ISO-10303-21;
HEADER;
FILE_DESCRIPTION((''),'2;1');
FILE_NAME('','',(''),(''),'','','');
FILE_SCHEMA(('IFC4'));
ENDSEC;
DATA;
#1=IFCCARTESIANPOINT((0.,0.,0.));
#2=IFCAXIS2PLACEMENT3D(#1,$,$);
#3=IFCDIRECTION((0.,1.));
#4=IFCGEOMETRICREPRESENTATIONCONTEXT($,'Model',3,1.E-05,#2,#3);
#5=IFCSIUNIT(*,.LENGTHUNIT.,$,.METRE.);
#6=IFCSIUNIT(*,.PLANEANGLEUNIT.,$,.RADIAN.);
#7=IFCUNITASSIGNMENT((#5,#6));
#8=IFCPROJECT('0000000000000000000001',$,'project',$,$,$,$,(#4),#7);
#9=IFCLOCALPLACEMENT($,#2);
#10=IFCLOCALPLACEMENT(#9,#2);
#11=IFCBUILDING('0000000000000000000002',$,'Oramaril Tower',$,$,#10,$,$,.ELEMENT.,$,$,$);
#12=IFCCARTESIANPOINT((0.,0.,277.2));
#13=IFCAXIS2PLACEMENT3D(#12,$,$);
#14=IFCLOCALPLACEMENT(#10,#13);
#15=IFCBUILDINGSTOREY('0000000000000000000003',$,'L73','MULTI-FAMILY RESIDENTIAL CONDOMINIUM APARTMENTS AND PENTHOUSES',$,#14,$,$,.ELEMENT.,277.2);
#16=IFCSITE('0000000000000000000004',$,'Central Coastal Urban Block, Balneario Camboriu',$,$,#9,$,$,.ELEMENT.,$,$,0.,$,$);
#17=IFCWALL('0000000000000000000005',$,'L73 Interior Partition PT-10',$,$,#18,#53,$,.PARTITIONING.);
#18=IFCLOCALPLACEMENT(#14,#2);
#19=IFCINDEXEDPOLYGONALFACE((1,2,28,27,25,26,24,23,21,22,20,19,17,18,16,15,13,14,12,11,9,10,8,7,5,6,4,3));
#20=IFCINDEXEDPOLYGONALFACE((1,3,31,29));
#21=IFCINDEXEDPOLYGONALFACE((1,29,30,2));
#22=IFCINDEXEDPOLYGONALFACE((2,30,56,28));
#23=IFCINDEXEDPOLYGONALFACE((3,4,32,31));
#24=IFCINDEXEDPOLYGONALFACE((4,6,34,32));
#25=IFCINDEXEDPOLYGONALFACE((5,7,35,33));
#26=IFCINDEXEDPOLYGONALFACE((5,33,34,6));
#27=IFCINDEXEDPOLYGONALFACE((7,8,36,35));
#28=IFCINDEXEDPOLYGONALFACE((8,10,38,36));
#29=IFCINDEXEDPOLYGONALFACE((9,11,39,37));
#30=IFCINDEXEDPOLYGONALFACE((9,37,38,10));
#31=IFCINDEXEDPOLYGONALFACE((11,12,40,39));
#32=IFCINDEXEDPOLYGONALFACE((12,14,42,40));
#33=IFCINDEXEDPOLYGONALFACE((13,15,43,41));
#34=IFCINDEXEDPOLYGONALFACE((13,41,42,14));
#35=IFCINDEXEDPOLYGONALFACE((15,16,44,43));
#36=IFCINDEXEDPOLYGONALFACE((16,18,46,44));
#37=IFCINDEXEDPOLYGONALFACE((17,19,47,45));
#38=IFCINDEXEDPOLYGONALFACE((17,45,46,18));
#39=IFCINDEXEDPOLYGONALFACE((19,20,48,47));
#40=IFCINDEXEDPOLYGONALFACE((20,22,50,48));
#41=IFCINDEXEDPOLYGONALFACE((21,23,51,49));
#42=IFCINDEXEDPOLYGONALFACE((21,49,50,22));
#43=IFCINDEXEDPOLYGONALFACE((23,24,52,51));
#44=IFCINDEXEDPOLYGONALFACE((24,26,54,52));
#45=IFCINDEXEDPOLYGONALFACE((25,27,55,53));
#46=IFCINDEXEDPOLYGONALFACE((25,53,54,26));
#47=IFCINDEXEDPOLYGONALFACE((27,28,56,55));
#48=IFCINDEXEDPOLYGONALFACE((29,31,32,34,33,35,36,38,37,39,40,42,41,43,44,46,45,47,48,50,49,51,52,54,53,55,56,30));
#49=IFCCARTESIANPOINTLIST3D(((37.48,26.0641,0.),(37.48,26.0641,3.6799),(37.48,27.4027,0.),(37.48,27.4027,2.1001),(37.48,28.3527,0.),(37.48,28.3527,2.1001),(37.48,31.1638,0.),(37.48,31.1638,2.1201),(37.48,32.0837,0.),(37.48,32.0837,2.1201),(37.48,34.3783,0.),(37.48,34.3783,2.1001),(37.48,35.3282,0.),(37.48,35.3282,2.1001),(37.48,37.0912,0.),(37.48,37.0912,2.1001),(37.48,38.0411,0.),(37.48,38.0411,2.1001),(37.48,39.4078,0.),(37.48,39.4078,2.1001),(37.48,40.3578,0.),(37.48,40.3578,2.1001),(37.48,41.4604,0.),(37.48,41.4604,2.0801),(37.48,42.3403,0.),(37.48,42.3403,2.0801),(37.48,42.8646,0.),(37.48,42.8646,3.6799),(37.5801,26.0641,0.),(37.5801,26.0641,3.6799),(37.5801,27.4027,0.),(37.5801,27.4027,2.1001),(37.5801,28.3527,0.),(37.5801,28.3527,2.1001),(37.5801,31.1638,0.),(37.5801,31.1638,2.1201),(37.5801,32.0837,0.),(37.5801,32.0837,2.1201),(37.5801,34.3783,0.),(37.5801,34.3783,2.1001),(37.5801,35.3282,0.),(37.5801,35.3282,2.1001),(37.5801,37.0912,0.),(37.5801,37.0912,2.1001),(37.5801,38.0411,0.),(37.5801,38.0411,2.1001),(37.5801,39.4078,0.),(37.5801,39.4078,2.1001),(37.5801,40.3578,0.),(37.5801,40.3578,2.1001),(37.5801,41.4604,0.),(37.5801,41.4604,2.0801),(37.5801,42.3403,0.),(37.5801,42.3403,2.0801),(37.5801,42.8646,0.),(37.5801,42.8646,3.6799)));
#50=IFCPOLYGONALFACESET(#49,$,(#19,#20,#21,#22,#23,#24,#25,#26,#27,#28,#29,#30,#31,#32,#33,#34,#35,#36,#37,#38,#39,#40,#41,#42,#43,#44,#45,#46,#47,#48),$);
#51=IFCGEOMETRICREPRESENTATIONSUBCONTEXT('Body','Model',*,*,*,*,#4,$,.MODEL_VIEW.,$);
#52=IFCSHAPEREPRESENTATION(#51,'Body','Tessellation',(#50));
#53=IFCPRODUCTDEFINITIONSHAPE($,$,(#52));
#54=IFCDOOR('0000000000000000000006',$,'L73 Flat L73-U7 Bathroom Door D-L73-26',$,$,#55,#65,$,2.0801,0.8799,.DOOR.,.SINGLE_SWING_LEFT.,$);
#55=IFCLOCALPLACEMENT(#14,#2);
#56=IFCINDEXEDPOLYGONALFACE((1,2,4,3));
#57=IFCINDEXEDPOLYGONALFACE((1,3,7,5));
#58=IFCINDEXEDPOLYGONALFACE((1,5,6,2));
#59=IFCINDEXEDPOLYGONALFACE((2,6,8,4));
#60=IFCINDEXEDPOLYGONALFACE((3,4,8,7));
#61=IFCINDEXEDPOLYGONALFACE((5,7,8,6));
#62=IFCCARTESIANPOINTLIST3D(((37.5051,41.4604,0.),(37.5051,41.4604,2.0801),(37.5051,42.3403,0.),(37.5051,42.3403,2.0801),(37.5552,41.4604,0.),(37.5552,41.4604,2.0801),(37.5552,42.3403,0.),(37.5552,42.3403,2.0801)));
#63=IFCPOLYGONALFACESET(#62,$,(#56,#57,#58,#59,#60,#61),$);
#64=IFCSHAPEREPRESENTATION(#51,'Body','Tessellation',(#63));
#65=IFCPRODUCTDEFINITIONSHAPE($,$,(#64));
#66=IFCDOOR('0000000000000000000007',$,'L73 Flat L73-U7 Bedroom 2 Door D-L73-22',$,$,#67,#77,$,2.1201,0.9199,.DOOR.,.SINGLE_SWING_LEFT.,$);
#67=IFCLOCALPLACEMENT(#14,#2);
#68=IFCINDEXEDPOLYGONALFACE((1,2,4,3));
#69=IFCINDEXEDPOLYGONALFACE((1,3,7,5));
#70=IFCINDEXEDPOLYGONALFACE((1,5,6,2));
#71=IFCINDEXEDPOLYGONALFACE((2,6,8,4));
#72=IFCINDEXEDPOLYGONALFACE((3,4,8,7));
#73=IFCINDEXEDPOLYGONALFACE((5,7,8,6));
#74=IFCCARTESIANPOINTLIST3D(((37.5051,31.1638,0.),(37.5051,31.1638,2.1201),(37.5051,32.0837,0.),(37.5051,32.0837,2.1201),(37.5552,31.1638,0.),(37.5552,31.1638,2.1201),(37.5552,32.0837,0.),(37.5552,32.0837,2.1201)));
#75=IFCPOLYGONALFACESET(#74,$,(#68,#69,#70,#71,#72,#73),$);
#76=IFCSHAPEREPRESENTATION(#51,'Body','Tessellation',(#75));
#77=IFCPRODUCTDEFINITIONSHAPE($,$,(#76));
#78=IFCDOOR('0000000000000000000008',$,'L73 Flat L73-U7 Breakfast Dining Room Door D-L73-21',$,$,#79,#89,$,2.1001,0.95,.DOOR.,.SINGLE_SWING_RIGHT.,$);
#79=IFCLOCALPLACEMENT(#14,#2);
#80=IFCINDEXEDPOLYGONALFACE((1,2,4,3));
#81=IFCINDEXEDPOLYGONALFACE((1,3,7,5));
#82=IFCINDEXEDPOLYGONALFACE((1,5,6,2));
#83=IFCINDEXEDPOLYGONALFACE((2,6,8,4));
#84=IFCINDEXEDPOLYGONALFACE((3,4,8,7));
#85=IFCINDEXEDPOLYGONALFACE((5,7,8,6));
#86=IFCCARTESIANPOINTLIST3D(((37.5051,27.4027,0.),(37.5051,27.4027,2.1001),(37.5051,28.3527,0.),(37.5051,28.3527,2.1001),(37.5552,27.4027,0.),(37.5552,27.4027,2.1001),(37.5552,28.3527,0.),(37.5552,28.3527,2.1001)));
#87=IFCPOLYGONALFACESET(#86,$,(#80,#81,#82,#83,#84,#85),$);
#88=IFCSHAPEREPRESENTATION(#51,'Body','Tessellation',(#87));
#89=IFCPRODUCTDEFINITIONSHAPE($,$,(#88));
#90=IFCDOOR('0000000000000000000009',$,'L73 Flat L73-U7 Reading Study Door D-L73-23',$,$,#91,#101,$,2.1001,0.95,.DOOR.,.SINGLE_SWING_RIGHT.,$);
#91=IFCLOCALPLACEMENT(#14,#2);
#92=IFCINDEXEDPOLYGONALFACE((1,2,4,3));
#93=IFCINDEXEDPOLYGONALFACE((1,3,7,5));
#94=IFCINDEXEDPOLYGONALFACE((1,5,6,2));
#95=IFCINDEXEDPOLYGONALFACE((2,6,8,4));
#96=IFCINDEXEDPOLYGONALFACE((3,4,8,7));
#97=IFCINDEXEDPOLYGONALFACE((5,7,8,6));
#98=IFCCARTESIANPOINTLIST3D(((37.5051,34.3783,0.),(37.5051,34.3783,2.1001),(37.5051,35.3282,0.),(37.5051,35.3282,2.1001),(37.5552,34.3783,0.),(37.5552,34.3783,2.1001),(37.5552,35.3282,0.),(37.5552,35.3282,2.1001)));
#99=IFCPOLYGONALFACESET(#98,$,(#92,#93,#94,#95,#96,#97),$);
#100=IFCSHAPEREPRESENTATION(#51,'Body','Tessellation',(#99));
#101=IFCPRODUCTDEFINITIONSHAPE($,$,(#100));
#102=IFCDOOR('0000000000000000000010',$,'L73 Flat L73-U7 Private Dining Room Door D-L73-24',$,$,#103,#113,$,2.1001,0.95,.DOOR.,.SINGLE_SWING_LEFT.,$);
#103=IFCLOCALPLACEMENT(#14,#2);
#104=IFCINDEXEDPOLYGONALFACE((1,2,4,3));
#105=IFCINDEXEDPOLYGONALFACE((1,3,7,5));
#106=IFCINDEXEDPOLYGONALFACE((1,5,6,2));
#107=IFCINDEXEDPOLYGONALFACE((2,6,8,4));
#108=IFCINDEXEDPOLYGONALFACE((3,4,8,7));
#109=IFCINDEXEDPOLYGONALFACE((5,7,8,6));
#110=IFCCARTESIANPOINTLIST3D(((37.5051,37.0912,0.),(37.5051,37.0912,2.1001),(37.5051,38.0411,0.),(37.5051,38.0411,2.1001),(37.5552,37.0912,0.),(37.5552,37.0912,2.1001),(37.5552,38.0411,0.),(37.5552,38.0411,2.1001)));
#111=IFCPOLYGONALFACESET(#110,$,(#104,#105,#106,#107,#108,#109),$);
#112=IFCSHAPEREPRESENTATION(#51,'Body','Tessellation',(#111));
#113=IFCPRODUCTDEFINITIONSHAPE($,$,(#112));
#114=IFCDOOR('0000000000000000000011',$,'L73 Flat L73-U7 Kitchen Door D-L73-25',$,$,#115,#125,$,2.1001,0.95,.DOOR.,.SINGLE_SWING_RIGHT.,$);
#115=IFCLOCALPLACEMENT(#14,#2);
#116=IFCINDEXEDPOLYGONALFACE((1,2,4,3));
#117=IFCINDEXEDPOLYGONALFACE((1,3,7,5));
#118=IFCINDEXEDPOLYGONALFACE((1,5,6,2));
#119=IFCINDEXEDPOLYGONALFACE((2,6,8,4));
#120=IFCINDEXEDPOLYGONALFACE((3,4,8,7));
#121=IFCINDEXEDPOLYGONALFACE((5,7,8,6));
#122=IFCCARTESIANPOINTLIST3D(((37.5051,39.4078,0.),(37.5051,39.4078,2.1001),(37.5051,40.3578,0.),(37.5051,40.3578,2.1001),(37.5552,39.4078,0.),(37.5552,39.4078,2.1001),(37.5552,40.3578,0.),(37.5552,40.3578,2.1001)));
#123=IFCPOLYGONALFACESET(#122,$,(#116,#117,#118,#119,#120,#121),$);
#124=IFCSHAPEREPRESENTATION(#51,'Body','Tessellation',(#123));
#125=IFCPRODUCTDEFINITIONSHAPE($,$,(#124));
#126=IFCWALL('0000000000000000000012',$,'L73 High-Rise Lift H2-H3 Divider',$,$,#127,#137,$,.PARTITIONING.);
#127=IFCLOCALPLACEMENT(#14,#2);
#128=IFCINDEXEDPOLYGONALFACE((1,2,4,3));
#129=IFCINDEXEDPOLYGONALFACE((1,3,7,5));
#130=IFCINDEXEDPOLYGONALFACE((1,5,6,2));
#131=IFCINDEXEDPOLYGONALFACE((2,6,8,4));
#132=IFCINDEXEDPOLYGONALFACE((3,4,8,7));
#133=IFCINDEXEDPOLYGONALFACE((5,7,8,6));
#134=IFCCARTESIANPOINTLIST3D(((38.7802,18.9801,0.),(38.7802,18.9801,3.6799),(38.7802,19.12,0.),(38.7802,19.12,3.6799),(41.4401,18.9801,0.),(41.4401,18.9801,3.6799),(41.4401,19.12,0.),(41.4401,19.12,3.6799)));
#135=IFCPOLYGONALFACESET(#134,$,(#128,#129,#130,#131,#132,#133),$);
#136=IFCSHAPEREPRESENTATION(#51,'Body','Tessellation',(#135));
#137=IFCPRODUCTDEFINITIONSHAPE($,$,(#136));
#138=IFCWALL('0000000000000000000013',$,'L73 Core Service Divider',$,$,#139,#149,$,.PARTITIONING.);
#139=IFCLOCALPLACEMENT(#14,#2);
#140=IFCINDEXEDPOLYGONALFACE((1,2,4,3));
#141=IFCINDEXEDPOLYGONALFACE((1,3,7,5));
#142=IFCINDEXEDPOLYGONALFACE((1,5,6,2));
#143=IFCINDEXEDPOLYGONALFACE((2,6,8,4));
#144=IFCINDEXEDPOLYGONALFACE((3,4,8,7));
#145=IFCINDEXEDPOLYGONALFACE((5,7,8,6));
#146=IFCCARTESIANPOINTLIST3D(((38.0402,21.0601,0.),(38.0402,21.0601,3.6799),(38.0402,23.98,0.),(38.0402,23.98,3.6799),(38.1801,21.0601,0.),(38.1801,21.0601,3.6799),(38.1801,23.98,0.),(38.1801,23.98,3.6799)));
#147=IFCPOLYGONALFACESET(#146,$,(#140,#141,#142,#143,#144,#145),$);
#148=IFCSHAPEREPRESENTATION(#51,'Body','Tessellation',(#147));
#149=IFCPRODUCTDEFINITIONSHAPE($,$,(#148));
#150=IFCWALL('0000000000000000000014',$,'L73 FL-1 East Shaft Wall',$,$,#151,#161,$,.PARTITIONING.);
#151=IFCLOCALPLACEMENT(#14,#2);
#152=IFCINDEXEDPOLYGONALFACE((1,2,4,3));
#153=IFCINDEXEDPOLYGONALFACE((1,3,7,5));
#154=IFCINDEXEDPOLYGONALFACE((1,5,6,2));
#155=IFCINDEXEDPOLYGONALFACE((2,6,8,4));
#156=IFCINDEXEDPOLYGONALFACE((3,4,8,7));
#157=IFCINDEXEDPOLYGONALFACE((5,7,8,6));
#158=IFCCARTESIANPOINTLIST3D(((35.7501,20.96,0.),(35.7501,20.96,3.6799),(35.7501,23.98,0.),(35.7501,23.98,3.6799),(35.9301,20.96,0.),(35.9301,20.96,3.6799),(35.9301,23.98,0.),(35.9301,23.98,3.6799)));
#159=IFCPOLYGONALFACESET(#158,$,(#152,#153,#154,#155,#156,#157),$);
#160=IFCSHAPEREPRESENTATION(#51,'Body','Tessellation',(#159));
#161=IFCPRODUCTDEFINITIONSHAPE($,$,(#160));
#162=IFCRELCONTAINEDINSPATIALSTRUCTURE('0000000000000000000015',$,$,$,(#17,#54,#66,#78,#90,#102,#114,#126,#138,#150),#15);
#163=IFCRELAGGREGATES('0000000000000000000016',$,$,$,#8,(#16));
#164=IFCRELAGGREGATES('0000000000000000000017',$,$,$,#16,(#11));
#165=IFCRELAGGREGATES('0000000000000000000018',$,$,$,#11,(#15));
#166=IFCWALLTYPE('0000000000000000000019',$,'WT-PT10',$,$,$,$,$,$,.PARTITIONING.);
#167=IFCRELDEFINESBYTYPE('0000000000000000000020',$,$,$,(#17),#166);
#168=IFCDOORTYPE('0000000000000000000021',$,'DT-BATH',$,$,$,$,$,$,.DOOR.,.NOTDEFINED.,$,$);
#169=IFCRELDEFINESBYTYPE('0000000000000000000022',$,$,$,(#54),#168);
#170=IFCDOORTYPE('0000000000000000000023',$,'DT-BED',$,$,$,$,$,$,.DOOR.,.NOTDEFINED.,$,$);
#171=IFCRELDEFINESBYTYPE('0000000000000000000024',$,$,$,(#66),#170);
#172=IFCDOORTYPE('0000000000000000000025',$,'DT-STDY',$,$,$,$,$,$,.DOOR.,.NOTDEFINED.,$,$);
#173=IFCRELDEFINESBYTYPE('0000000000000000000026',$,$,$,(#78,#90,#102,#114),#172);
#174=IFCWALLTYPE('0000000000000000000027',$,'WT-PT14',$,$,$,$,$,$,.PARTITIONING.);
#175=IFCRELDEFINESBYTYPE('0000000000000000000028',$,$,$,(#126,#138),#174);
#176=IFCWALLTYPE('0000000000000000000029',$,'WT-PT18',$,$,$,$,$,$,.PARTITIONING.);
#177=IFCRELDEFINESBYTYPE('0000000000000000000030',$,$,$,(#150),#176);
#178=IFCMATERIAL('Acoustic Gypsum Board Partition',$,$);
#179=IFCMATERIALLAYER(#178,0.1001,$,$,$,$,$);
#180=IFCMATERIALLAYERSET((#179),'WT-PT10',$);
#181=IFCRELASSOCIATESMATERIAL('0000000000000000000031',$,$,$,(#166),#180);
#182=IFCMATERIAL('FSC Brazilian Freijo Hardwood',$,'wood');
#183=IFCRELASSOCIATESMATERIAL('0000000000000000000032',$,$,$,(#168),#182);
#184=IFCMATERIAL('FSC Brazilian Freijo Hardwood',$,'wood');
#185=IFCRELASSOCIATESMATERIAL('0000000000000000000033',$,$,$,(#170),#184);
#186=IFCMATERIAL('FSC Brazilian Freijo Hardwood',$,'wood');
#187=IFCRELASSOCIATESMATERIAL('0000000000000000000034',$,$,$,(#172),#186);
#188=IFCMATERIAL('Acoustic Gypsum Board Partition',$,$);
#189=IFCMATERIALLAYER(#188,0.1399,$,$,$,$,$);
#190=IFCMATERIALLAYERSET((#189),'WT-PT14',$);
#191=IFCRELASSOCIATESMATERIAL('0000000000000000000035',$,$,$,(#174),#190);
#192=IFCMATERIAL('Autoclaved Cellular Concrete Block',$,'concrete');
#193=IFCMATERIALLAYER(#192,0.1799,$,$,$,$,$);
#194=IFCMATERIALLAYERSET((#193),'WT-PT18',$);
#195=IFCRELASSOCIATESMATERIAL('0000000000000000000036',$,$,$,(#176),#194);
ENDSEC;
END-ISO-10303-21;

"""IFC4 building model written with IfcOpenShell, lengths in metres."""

from ifc_helpers import new_model, si_unit, direction, frame, frame_2d, origin, place, context, subcontext, project, spatial, rectangle, extrude, material, layer, layer_set, type_object, element, fill, save


model = new_model("IFC4")

# Units and contexts
model_context = context("Model", 3, precision=1e-05, world=origin(), true_north=direction((0.0, 1.0)))
body_context = subcontext(model_context, "Body", "Model", "MODEL_VIEW")
ifc_project = project(units=[si_unit("LENGTHUNIT", "METRE"), si_unit("PLANEANGLEUNIT", "RADIAN")], contexts=[model_context])

# Site, building, storey
site_placement = place(None, origin())
site = spatial("IfcSite", under=ifc_project, at=site_placement, Name="Central Coastal Urban Block, Balneario Camboriu", CompositionType="ELEMENT", RefElevation=0.0)
building_placement = place(site_placement, origin())
building = spatial("IfcBuilding", under=site, at=building_placement, Name="Oramaril Tower", CompositionType="ELEMENT")
storey_placement = place(building_placement, frame((0.0, 0.0, 277.2)))
storey = spatial("IfcBuildingStorey", under=building, at=storey_placement, Name="L73", Description="MULTI-FAMILY RESIDENTIAL CONDOMINIUM APARTMENTS AND PENTHOUSES", CompositionType="ELEMENT", Elevation=277.2)

# Shared definitions
ifc_material_1 = material(Name="Acoustic Gypsum Board Partition")
ifc_layer_1 = layer(ifc_material_1, 0.1001)
ifc_layer_set_1 = layer_set([ifc_layer_1], Name="WT-PT10")
wall_type_1 = type_object("IfcWallType", Name="WT-PT10", PredefinedType="PARTITIONING", material=ifc_layer_set_1)
ifc_material_2 = material(Name="FSC Brazilian Freijo Hardwood", Category="wood")
door_type_1 = type_object("IfcDoorType", Name="DT-BATH", OperationType="NOTDEFINED", PredefinedType="DOOR", material=ifc_material_2)

# Wall, openings, doors
wall_1_placement = place(storey_placement, frame((37.53, 26.064, 0.0), z_axis=(0.0, 0.0, 1.0), x_axis=(0.0, 1.0, 0.0)))
wall_1 = element("IfcWall", 1, at=wall_1_placement, inside=storey, type_object=wall_type_1, Name="L73 Interior Partition PT-10", PredefinedType="PARTITIONING", context=body_context, shape_type="SweptSolid", body=[
    extrude(rectangle(XDim=16.8005, YDim=0.1001, at=frame_2d((8.4004, 0.0))), origin(), (0.0, 0.0, 1.0), 3.6799),
])
opening_1_placement = place(wall_1_placement, frame((1.3386, 0.0, 0.0)))
opening_1 = element("IfcOpeningElement", 2, at=opening_1_placement, cuts=wall_1, PredefinedType="OPENING", context=body_context, shape_type="SweptSolid", body=[
    extrude(rectangle(XDim=0.95, YDim=2.1001, at=frame_2d((0.4751, 1.05))), frame((0.0, 0.05, 0.0), z_axis=(0.0, -1.0, 0.0), x_axis=(1.0, 0.0, 0.0)), (0.0, 0.0, 1.0), 0.1001),
])
opening_2_placement = place(wall_1_placement, frame((5.0999, 0.0, 0.0)))
opening_2 = element("IfcOpeningElement", 3, at=opening_2_placement, cuts=wall_1, PredefinedType="OPENING", context=body_context, shape_type="SweptSolid", body=[
    extrude(rectangle(XDim=0.9199, YDim=2.1201, at=frame_2d((0.46, 1.0601))), frame((0.0, 0.05, 0.0), z_axis=(0.0, -1.0, 0.0), x_axis=(1.0, 0.0, 0.0)), (0.0, 0.0, 1.0), 0.1001),
])
opening_3_placement = place(wall_1_placement, frame((8.3142, 0.0, 0.0)))
opening_3 = element("IfcOpeningElement", 4, at=opening_3_placement, cuts=wall_1, PredefinedType="OPENING", context=body_context, shape_type="SweptSolid", body=[
    extrude(rectangle(XDim=0.95, YDim=2.1001, at=frame_2d((0.4751, 1.05))), frame((0.0, 0.05, 0.0), z_axis=(0.0, -1.0, 0.0), x_axis=(1.0, 0.0, 0.0)), (0.0, 0.0, 1.0), 0.1001),
])
opening_4_placement = place(wall_1_placement, frame((11.0271, 0.0, 0.0)))
opening_4 = element("IfcOpeningElement", 5, at=opening_4_placement, cuts=wall_1, PredefinedType="OPENING", context=body_context, shape_type="SweptSolid", body=[
    extrude(rectangle(XDim=0.95, YDim=2.1001, at=frame_2d((0.4751, 1.05))), frame((0.0, 0.05, 0.0), z_axis=(0.0, -1.0, 0.0), x_axis=(1.0, 0.0, 0.0)), (0.0, 0.0, 1.0), 0.1001),
])
opening_5_placement = place(wall_1_placement, frame((13.3438, 0.0, 0.0)))
opening_5 = element("IfcOpeningElement", 6, at=opening_5_placement, cuts=wall_1, PredefinedType="OPENING", context=body_context, shape_type="SweptSolid", body=[
    extrude(rectangle(XDim=0.95, YDim=2.1001, at=frame_2d((0.4751, 1.05))), frame((0.0, 0.05, 0.0), z_axis=(0.0, -1.0, 0.0), x_axis=(1.0, 0.0, 0.0)), (0.0, 0.0, 1.0), 0.1001),
])
opening_6_placement = place(wall_1_placement, frame((15.3965, 0.0, 0.0)))
opening_6 = element("IfcOpeningElement", 7, at=opening_6_placement, cuts=wall_1, PredefinedType="OPENING", context=body_context, shape_type="SweptSolid", body=[
    extrude(rectangle(XDim=0.8799, YDim=2.0801, at=frame_2d((0.4399, 1.04))), frame((0.0, 0.05, 0.0), z_axis=(0.0, -1.0, 0.0), x_axis=(1.0, 0.0, 0.0)), (0.0, 0.0, 1.0), 0.1001),
])
door_1_placement = place(opening_6_placement, origin())
door_1 = element("IfcDoor", 8, at=door_1_placement, inside=storey, type_object=door_type_1, Name="L73 Flat L73-U7 Bathroom Door D-L73-26", OperationType="SINGLE_SWING_LEFT", OverallHeight=2.0801, OverallWidth=0.8799, PredefinedType="DOOR", context=body_context, shape_type="SweptSolid", body=[
    extrude(rectangle(XDim=0.8799, YDim=2.0801, at=frame_2d((0.4399, 1.04))), frame((0.0, 0.0249, 0.0), z_axis=(0.0, -1.0, 0.0), x_axis=(1.0, 0.0, 0.0)), (0.0, 0.0, 1.0), 0.05),
])
fill(opening_6, door_1)
ifc_material_3 = material(Name="FSC Brazilian Freijo Hardwood", Category="wood")
door_type_2 = type_object("IfcDoorType", Name="DT-BED", OperationType="NOTDEFINED", PredefinedType="DOOR", material=ifc_material_3)
door_2_placement = place(opening_2_placement, origin())
door_2 = element("IfcDoor", 9, at=door_2_placement, inside=storey, type_object=door_type_2, Name="L73 Flat L73-U7 Bedroom 2 Door D-L73-22", OperationType="SINGLE_SWING_LEFT", OverallHeight=2.1201, OverallWidth=0.9199, PredefinedType="DOOR", context=body_context, shape_type="SweptSolid", body=[
    extrude(rectangle(XDim=0.9199, YDim=2.1201, at=frame_2d((0.46, 1.0601))), frame((0.0, 0.0249, 0.0), z_axis=(0.0, -1.0, 0.0), x_axis=(1.0, 0.0, 0.0)), (0.0, 0.0, 1.0), 0.05),
])
fill(opening_2, door_2)
ifc_material_4 = material(Name="FSC Brazilian Freijo Hardwood", Category="wood")
door_type_3 = type_object("IfcDoorType", Name="DT-STDY", OperationType="NOTDEFINED", PredefinedType="DOOR", material=ifc_material_4)
door_3_placement = place(opening_1_placement, origin())
door_3 = element("IfcDoor", 10, at=door_3_placement, inside=storey, type_object=door_type_3, Name="L73 Flat L73-U7 Breakfast Dining Room Door D-L73-21", OperationType="SINGLE_SWING_RIGHT", OverallHeight=2.1001, OverallWidth=0.95, PredefinedType="DOOR", context=body_context, shape_type="SweptSolid", body=[
    extrude(rectangle(XDim=0.95, YDim=2.1001, at=frame_2d((0.4751, 1.05))), frame((0.0, 0.0249, 0.0), z_axis=(0.0, -1.0, 0.0), x_axis=(1.0, 0.0, 0.0)), (0.0, 0.0, 1.0), 0.05),
])
fill(opening_1, door_3)
door_4_placement = place(opening_3_placement, origin())
door_4 = element("IfcDoor", 11, at=door_4_placement, inside=storey, type_object=door_type_3, Name="L73 Flat L73-U7 Reading Study Door D-L73-23", OperationType="SINGLE_SWING_RIGHT", OverallHeight=2.1001, OverallWidth=0.95, PredefinedType="DOOR", context=body_context, shape_type="SweptSolid", body=[
    extrude(rectangle(XDim=0.95, YDim=2.1001, at=frame_2d((0.4751, 1.05))), frame((0.0, 0.0249, 0.0), z_axis=(0.0, -1.0, 0.0), x_axis=(1.0, 0.0, 0.0)), (0.0, 0.0, 1.0), 0.05),
])
fill(opening_3, door_4)
door_5_placement = place(opening_4_placement, origin())
door_5 = element("IfcDoor", 12, at=door_5_placement, inside=storey, type_object=door_type_3, Name="L73 Flat L73-U7 Private Dining Room Door D-L73-24", OperationType="SINGLE_SWING_LEFT", OverallHeight=2.1001, OverallWidth=0.95, PredefinedType="DOOR", context=body_context, shape_type="SweptSolid", body=[
    extrude(rectangle(XDim=0.95, YDim=2.1001, at=frame_2d((0.4751, 1.05))), frame((0.0, 0.0249, 0.0), z_axis=(0.0, -1.0, 0.0), x_axis=(1.0, 0.0, 0.0)), (0.0, 0.0, 1.0), 0.05),
])
fill(opening_4, door_5)
door_6_placement = place(opening_5_placement, origin())
door_6 = element("IfcDoor", 13, at=door_6_placement, inside=storey, type_object=door_type_3, Name="L73 Flat L73-U7 Kitchen Door D-L73-25", OperationType="SINGLE_SWING_RIGHT", OverallHeight=2.1001, OverallWidth=0.95, PredefinedType="DOOR", context=body_context, shape_type="SweptSolid", body=[
    extrude(rectangle(XDim=0.95, YDim=2.1001, at=frame_2d((0.4751, 1.05))), frame((0.0, 0.0249, 0.0), z_axis=(0.0, -1.0, 0.0), x_axis=(1.0, 0.0, 0.0)), (0.0, 0.0, 1.0), 0.05),
])
fill(opening_5, door_6)

# Walls
ifc_material_5 = material(Name="Acoustic Gypsum Board Partition")
ifc_layer_2 = layer(ifc_material_5, 0.1399)
ifc_layer_set_2 = layer_set([ifc_layer_2], Name="WT-PT14")
wall_type_2 = type_object("IfcWallType", Name="WT-PT14", PredefinedType="PARTITIONING", material=ifc_layer_set_2)
wall_2_placement = place(storey_placement, frame((38.78, 19.05, 0.0), z_axis=(0.0, 0.0, 1.0), x_axis=(1.0, 0.0, 0.0)))
element("IfcWall", 14, at=wall_2_placement, inside=storey, type_object=wall_type_2, Name="L73 High-Rise Lift H2-H3 Divider", PredefinedType="PARTITIONING", context=body_context, shape_type="SweptSolid", body=[
    extrude(rectangle(XDim=2.6599, YDim=0.1399, at=frame_2d((1.3301, 0.0))), origin(), (0.0, 0.0, 1.0), 3.6799),
])
wall_3_placement = place(storey_placement, frame((38.1101, 21.0601, 0.0), z_axis=(0.0, 0.0, 1.0), x_axis=(0.0, 1.0, 0.0)))
element("IfcWall", 15, at=wall_3_placement, inside=storey, type_object=wall_type_2, Name="L73 Core Service Divider", PredefinedType="PARTITIONING", context=body_context, shape_type="SweptSolid", body=[
    extrude(rectangle(XDim=2.9199, YDim=0.1399, at=frame_2d((1.46, 0.0))), origin(), (0.0, 0.0, 1.0), 3.6799),
])
ifc_material_6 = material(Name="Autoclaved Cellular Concrete Block", Category="concrete")
ifc_layer_3 = layer(ifc_material_6, 0.1799)
ifc_layer_set_3 = layer_set([ifc_layer_3], Name="WT-PT18")
wall_type_3 = type_object("IfcWallType", Name="WT-PT18", PredefinedType="PARTITIONING", material=ifc_layer_set_3)
wall_4_placement = place(storey_placement, frame((35.8401, 20.96, 0.0), z_axis=(0.0, 0.0, 1.0), x_axis=(0.0, 1.0, 0.0)))
element("IfcWall", 16, at=wall_4_placement, inside=storey, type_object=wall_type_3, Name="L73 FL-1 East Shaft Wall", PredefinedType="PARTITIONING", context=body_context, shape_type="SweptSolid", body=[
    extrude(rectangle(XDim=3.02, YDim=0.1799, at=frame_2d((1.51, 0.0))), origin(), (0.0, 0.0, 1.0), 3.6799),
])

save(model, "model.ifc")
